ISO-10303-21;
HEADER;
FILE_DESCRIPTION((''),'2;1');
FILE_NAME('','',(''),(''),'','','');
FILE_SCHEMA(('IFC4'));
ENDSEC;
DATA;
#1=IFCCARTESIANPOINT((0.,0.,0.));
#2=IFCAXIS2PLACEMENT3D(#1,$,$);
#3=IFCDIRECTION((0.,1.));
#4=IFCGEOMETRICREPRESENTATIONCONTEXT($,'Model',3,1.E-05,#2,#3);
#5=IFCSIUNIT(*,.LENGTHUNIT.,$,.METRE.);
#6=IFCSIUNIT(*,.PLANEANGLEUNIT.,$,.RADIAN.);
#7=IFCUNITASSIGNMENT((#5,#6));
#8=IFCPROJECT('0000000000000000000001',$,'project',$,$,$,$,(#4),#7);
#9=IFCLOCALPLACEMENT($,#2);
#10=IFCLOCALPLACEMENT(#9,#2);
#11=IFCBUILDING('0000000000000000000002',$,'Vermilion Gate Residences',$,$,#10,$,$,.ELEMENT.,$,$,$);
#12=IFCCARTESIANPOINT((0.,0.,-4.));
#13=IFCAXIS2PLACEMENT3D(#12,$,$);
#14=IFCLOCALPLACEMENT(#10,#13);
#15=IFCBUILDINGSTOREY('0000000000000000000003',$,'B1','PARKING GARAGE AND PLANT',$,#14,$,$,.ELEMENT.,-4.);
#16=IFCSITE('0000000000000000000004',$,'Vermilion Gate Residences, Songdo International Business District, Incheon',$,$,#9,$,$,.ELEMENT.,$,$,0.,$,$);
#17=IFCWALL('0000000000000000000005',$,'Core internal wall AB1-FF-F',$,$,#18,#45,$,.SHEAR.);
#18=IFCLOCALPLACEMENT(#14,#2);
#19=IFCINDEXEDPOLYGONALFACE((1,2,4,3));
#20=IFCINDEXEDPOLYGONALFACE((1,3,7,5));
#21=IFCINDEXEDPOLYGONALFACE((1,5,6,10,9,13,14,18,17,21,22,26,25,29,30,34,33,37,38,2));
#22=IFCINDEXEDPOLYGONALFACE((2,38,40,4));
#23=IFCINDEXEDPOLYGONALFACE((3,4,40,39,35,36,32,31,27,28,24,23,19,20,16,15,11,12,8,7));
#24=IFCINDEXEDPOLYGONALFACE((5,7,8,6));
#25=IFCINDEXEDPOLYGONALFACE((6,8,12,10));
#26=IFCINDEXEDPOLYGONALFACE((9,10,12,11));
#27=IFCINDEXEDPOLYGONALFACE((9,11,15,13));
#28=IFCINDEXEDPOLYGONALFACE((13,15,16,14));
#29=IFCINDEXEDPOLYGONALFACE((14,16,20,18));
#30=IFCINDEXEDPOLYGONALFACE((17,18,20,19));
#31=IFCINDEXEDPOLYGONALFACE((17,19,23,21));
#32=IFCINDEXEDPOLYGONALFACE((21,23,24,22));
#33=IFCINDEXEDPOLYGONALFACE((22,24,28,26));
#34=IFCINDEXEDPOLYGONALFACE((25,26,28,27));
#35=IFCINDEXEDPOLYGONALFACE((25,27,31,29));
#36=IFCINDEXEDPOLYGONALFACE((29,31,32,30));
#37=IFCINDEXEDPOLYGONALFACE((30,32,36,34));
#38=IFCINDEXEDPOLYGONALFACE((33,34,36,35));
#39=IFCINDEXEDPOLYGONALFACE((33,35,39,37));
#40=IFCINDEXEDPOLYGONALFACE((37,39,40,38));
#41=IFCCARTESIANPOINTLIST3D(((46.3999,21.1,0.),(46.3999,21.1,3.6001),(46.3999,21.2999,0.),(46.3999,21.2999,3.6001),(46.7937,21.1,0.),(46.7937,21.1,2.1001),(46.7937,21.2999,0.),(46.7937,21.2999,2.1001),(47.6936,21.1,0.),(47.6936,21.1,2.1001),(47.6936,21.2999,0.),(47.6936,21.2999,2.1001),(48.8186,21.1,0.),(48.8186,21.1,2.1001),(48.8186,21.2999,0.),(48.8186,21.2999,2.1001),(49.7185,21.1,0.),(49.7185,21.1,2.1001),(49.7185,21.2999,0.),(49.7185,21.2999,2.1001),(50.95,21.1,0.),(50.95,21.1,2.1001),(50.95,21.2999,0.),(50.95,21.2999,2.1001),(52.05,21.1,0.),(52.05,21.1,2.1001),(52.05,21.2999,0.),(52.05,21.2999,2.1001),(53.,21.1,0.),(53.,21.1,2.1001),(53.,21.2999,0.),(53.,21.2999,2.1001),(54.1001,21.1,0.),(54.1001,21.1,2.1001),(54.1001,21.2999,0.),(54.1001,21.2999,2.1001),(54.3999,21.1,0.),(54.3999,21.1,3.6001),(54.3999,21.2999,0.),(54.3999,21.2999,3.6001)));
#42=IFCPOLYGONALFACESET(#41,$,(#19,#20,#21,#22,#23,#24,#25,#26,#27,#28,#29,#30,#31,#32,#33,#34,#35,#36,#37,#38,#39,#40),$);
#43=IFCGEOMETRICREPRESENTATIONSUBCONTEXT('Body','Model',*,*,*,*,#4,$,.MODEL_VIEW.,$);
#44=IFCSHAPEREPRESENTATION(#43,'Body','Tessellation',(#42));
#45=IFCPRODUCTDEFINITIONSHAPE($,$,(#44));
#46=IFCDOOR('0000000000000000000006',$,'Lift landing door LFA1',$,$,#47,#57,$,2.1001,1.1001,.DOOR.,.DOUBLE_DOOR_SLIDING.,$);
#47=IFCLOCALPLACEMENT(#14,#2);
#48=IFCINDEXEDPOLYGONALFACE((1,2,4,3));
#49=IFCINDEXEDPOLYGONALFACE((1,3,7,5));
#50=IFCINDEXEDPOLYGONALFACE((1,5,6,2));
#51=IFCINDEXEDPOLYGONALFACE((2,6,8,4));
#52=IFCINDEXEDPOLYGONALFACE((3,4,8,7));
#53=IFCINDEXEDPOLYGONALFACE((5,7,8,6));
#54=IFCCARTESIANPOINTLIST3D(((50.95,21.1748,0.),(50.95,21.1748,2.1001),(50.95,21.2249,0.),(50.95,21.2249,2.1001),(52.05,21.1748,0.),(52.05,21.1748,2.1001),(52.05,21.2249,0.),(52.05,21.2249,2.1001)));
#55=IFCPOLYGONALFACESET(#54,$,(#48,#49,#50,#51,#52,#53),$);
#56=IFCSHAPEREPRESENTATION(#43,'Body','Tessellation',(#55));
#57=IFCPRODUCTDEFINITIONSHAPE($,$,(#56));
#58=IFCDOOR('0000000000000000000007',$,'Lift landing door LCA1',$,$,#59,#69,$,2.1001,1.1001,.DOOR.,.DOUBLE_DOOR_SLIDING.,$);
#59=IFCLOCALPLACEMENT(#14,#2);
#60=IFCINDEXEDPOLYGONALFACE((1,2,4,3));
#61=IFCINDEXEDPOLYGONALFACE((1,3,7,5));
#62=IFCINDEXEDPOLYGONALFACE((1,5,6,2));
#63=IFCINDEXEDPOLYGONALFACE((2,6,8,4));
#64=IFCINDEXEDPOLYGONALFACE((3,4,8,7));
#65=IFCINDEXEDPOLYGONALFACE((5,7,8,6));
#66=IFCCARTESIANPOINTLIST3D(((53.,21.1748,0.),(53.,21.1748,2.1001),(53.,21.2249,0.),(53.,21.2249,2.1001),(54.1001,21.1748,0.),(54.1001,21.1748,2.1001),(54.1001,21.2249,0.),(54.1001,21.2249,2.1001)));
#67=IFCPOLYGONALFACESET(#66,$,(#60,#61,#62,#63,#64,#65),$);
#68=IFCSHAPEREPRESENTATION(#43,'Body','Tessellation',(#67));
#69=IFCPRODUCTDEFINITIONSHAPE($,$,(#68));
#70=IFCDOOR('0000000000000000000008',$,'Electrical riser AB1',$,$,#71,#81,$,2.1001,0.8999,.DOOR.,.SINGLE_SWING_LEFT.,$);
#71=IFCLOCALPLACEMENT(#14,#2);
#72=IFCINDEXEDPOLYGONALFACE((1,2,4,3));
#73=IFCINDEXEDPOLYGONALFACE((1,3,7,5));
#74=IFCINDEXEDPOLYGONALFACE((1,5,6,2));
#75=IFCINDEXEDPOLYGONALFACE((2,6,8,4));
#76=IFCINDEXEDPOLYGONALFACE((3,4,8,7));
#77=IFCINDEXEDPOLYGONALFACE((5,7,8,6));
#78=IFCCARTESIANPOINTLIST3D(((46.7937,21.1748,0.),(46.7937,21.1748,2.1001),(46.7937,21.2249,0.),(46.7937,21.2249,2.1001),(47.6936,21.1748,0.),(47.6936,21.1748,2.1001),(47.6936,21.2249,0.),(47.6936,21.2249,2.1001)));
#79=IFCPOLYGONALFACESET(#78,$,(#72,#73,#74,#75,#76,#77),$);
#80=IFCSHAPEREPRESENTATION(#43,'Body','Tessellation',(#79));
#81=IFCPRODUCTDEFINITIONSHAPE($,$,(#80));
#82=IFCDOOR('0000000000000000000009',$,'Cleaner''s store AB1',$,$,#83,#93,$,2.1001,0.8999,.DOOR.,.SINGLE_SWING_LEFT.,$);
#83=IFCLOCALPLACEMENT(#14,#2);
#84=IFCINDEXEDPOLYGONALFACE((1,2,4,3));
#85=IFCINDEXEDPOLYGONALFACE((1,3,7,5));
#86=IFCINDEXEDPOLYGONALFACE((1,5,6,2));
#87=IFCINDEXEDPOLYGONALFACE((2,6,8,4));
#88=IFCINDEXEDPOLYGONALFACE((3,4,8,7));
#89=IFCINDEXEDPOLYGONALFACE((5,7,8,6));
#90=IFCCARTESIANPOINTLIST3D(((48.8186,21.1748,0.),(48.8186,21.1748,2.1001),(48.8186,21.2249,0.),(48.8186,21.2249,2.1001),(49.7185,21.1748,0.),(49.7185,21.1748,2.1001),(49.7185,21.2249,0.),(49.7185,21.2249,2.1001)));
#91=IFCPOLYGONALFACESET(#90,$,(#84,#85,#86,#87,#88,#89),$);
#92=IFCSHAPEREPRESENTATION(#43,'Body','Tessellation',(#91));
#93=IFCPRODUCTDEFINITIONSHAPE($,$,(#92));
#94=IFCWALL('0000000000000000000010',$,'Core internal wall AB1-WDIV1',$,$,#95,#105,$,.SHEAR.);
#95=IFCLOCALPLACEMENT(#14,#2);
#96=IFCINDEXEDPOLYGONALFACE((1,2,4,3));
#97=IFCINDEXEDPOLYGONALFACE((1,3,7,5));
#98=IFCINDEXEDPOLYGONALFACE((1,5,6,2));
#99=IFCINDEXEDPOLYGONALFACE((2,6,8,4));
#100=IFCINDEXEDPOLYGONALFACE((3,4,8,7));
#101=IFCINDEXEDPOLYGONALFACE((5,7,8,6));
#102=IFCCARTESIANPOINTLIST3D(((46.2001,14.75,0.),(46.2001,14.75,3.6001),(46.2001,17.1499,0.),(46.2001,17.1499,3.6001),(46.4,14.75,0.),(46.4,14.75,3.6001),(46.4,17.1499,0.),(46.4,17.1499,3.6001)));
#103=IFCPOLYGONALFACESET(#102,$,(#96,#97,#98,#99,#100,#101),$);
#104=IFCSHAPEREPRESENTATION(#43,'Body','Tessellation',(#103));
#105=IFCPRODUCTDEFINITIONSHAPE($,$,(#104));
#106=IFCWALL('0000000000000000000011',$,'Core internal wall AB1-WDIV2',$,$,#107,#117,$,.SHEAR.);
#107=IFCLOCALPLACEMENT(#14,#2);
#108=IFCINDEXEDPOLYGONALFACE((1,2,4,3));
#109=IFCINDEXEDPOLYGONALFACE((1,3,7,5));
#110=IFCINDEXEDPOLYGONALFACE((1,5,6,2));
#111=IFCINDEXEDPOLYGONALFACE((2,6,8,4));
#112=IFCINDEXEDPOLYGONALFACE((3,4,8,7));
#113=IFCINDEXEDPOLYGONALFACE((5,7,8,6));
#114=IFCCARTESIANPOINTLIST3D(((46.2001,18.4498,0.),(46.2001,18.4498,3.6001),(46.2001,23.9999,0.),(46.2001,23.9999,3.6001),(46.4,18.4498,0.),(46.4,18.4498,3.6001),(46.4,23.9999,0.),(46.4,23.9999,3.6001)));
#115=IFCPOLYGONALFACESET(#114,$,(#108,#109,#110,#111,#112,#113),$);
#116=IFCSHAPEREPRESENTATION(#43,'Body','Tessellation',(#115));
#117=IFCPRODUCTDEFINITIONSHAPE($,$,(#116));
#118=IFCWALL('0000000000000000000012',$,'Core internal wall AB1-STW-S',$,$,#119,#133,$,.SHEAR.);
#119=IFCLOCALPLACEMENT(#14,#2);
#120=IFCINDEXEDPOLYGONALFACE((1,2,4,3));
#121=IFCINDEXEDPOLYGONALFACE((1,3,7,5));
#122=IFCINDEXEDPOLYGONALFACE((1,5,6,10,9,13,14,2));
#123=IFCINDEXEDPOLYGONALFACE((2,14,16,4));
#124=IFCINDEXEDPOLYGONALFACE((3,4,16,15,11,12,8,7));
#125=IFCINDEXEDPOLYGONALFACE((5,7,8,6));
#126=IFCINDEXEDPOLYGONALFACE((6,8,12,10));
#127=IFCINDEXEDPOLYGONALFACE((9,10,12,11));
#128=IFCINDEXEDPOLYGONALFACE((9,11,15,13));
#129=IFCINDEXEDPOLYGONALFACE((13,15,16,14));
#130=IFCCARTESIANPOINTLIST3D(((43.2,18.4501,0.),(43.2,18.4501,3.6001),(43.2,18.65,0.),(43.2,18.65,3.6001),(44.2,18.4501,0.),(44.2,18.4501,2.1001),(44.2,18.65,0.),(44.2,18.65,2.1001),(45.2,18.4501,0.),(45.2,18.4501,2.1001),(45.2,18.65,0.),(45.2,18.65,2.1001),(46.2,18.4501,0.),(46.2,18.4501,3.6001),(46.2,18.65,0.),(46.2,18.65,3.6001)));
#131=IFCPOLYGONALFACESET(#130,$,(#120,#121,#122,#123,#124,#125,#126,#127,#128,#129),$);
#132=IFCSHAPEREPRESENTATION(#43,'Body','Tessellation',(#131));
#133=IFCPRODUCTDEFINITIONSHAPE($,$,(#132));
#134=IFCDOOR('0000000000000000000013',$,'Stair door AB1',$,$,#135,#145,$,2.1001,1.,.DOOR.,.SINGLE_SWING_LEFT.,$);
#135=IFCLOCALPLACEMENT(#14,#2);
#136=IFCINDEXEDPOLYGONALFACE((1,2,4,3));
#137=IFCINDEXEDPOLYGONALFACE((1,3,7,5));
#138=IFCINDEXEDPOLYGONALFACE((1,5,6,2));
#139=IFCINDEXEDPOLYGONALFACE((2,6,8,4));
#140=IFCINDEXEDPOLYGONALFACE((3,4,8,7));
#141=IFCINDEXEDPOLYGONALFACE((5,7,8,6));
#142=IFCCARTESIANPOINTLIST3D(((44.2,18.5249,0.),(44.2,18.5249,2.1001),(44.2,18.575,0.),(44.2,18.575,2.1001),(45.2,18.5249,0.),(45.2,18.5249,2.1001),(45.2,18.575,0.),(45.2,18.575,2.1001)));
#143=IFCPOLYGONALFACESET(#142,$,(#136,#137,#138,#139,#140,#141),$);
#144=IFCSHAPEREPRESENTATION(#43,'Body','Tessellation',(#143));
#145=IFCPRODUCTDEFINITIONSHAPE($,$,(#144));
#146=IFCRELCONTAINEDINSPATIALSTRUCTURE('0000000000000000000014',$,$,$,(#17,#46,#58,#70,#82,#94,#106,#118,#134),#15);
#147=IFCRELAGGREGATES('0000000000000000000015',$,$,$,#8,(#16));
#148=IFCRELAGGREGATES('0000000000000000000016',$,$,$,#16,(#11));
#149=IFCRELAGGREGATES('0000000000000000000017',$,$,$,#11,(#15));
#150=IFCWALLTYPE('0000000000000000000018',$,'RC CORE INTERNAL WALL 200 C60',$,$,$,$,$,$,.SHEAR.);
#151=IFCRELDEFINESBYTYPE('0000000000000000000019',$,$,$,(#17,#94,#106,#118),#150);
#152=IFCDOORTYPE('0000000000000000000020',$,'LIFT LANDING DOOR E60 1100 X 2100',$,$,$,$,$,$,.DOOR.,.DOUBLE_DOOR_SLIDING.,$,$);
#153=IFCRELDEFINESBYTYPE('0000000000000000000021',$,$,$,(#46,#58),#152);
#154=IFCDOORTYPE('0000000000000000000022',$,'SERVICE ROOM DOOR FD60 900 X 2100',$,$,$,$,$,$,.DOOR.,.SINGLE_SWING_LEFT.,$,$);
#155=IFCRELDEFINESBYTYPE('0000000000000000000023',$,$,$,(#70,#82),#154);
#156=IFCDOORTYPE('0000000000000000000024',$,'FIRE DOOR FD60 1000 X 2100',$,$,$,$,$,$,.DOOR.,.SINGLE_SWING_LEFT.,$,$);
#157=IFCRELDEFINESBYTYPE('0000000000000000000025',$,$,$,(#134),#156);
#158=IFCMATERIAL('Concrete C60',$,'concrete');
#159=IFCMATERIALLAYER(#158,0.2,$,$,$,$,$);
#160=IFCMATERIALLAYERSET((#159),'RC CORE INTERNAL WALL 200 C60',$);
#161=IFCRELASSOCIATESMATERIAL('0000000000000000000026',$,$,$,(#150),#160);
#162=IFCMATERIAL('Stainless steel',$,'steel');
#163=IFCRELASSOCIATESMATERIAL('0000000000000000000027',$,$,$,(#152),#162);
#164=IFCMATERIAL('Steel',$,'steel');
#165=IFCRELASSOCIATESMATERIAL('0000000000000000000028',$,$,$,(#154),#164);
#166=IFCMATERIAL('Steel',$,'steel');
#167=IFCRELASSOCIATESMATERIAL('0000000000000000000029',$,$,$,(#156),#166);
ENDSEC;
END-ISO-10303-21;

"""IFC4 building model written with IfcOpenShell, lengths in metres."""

from ifc_helpers import new_model, si_unit, direction, frame, frame_2d, origin, place, context, subcontext, project, spatial, rectangle, extrude, material, layer, layer_set, type_object, element, fill, save


model = new_model("IFC4")

# Units and contexts
model_context = context("Model", 3, precision=1e-05, world=origin(), true_north=direction((0.0, 1.0)))
body_context = subcontext(model_context, "Body", "Model", "MODEL_VIEW")
ifc_project = project(units=[si_unit("LENGTHUNIT", "METRE"), si_unit("PLANEANGLEUNIT", "RADIAN")], contexts=[model_context])

# Site, building, storey
site_placement = place(None, origin())
site = spatial("IfcSite", under=ifc_project, at=site_placement, Name="Vermilion Gate Residences, Songdo International Business District, Incheon", CompositionType="ELEMENT", RefElevation=0.0)
building_placement = place(site_placement, origin())
building = spatial("IfcBuilding", under=site, at=building_placement, Name="Vermilion Gate Residences", CompositionType="ELEMENT")
storey_placement = place(building_placement, frame((0.0, 0.0, -4.0)))
storey = spatial("IfcBuildingStorey", under=building, at=storey_placement, Name="B1", Description="PARKING GARAGE AND PLANT", CompositionType="ELEMENT", Elevation=-4.0)

# Shared definitions
ifc_material_1 = material(Name="Concrete C60", Category="concrete")
ifc_layer_1 = layer(ifc_material_1, 0.2)
ifc_layer_set_1 = layer_set([ifc_layer_1], Name="RC CORE INTERNAL WALL 200 C60")
wall_type_1 = type_object("IfcWallType", Name="RC CORE INTERNAL WALL 200 C60", PredefinedType="SHEAR", material=ifc_layer_set_1)

# Wall, openings, doors
wall_1_placement = place(storey_placement, frame((46.3999, 21.2, 0.0), z_axis=(0.0, 0.0, 1.0), x_axis=(1.0, 0.0, 0.0)))
wall_1 = element("IfcWall", 1, at=wall_1_placement, inside=storey, type_object=wall_type_1, Name="Core internal wall AB1-FF-F", PredefinedType="SHEAR", context=body_context, shape_type="SweptSolid", body=[
    extrude(rectangle(XDim=8.0, YDim=0.2, at=frame_2d((4.0, 0.0))), origin(), (0.0, 0.0, 1.0), 3.6001),
])
opening_1_placement = place(wall_1_placement, frame((0.3938, 0.0, 0.0)))
opening_1 = element("IfcOpeningElement", 2, at=opening_1_placement, cuts=wall_1, PredefinedType="OPENING", context=body_context, shape_type="SweptSolid", body=[
    extrude(rectangle(XDim=0.8999, YDim=2.1001, at=frame_2d((0.45, 1.05))), frame((0.0, 0.1099, 0.0), z_axis=(0.0, -1.0, 0.0), x_axis=(1.0, 0.0, 0.0)), (0.0, 0.0, 1.0), 0.22),
])
opening_2_placement = place(wall_1_placement, frame((2.4187, 0.0, 0.0)))
opening_2 = element("IfcOpeningElement", 3, at=opening_2_placement, cuts=wall_1, PredefinedType="OPENING", context=body_context, shape_type="SweptSolid", body=[
    extrude(rectangle(XDim=0.8999, YDim=2.1001, at=frame_2d((0.45, 1.05))), frame((0.0, 0.1099, 0.0), z_axis=(0.0, -1.0, 0.0), x_axis=(1.0, 0.0, 0.0)), (0.0, 0.0, 1.0), 0.22),
])
opening_3_placement = place(wall_1_placement, frame((4.55, 0.0, 0.0)))
opening_3 = element("IfcOpeningElement", 4, at=opening_3_placement, cuts=wall_1, PredefinedType="OPENING", context=body_context, shape_type="SweptSolid", body=[
    extrude(rectangle(XDim=1.1001, YDim=2.1001, at=frame_2d((0.55, 1.05))), frame((0.0, 0.1099, 0.0), z_axis=(0.0, -1.0, 0.0), x_axis=(1.0, 0.0, 0.0)), (0.0, 0.0, 1.0), 0.22),
])
opening_4_placement = place(wall_1_placement, frame((6.6001, 0.0, 0.0)))
opening_4 = element("IfcOpeningElement", 5, at=opening_4_placement, cuts=wall_1, PredefinedType="OPENING", context=body_context, shape_type="SweptSolid", body=[
    extrude(rectangle(XDim=1.1001, YDim=2.1001, at=frame_2d((0.55, 1.05))), frame((0.0, 0.1099, 0.0), z_axis=(0.0, -1.0, 0.0), x_axis=(1.0, 0.0, 0.0)), (0.0, 0.0, 1.0), 0.22),
])
ifc_material_2 = material(Name="Stainless steel", Category="steel")
door_type_1 = type_object("IfcDoorType", Name="LIFT LANDING DOOR E60 1100 X 2100", OperationType="DOUBLE_DOOR_SLIDING", PredefinedType="DOOR", material=ifc_material_2)
door_1_placement = place(opening_3_placement, origin())
door_1 = element("IfcDoor", 6, at=door_1_placement, inside=storey, type_object=door_type_1, Name="Lift landing door LFA1", OperationType="DOUBLE_DOOR_SLIDING", OverallHeight=2.1001, OverallWidth=1.1001, PredefinedType="DOOR", context=body_context, shape_type="SweptSolid", body=[
    extrude(rectangle(XDim=1.1001, YDim=2.1001, at=frame_2d((0.55, 1.05))), frame((0.0, 0.0249, 0.0), z_axis=(0.0, -1.0, 0.0), x_axis=(1.0, 0.0, 0.0)), (0.0, 0.0, 1.0), 0.05),
])
fill(opening_3, door_1)
door_2_placement = place(opening_4_placement, origin())
door_2 = element("IfcDoor", 7, at=door_2_placement, inside=storey, type_object=door_type_1, Name="Lift landing door LCA1", OperationType="DOUBLE_DOOR_SLIDING", OverallHeight=2.1001, OverallWidth=1.1001, PredefinedType="DOOR", context=body_context, shape_type="SweptSolid", body=[
    extrude(rectangle(XDim=1.1001, YDim=2.1001, at=frame_2d((0.55, 1.05))), frame((0.0, 0.0249, 0.0), z_axis=(0.0, -1.0, 0.0), x_axis=(1.0, 0.0, 0.0)), (0.0, 0.0, 1.0), 0.05),
])
fill(opening_4, door_2)
ifc_material_3 = material(Name="Steel", Category="steel")
door_type_2 = type_object("IfcDoorType", Name="SERVICE ROOM DOOR FD60 900 X 2100", OperationType="SINGLE_SWING_LEFT", PredefinedType="DOOR", material=ifc_material_3)
door_3_placement = place(opening_1_placement, origin())
door_3 = element("IfcDoor", 8, at=door_3_placement, inside=storey, type_object=door_type_2, Name="Electrical riser AB1", OperationType="SINGLE_SWING_LEFT", OverallHeight=2.1001, OverallWidth=0.8999, PredefinedType="DOOR", context=body_context, shape_type="SweptSolid", body=[
    extrude(rectangle(XDim=0.8999, YDim=2.1001, at=frame_2d((0.45, 1.05))), frame((0.0, 0.0249, 0.0), z_axis=(0.0, -1.0, 0.0), x_axis=(1.0, 0.0, 0.0)), (0.0, 0.0, 1.0), 0.05),
])
fill(opening_1, door_3)
door_4_placement = place(opening_2_placement, origin())
door_4 = element("IfcDoor", 9, at=door_4_placement, inside=storey, type_object=door_type_2, Name="Cleaner's store AB1", OperationType="SINGLE_SWING_LEFT", OverallHeight=2.1001, OverallWidth=0.8999, PredefinedType="DOOR", context=body_context, shape_type="SweptSolid", body=[
    extrude(rectangle(XDim=0.8999, YDim=2.1001, at=frame_2d((0.45, 1.05))), frame((0.0, 0.0249, 0.0), z_axis=(0.0, -1.0, 0.0), x_axis=(1.0, 0.0, 0.0)), (0.0, 0.0, 1.0), 0.05),
])
fill(opening_2, door_4)

# Walls
wall_2_placement = place(storey_placement, frame((46.3, 14.75, 0.0), z_axis=(0.0, 0.0, 1.0), x_axis=(0.0, 1.0, 0.0)))
element("IfcWall", 10, at=wall_2_placement, inside=storey, type_object=wall_type_1, Name="Core internal wall AB1-WDIV1", PredefinedType="SHEAR", context=body_context, shape_type="SweptSolid", body=[
    extrude(rectangle(XDim=2.3999, YDim=0.2, at=frame_2d((1.2, 0.0))), origin(), (0.0, 0.0, 1.0), 3.6001),
])
wall_3_placement = place(storey_placement, frame((46.3, 18.45, 0.0), z_axis=(0.0, 0.0, 1.0), x_axis=(0.0, 1.0, 0.0)))
element("IfcWall", 11, at=wall_3_placement, inside=storey, type_object=wall_type_1, Name="Core internal wall AB1-WDIV2", PredefinedType="SHEAR", context=body_context, shape_type="SweptSolid", body=[
    extrude(rectangle(XDim=5.55, YDim=0.2, at=frame_2d((2.7749, 0.0))), origin(), (0.0, 0.0, 1.0), 3.6001),
])

# Wall, opening, door
wall_4_placement = place(storey_placement, frame((43.2, 18.55, 0.0), z_axis=(0.0, 0.0, 1.0), x_axis=(1.0, 0.0, 0.0)))
wall_4 = element("IfcWall", 12, at=wall_4_placement, inside=storey, type_object=wall_type_1, Name="Core internal wall AB1-STW-S", PredefinedType="SHEAR", context=body_context, shape_type="SweptSolid", body=[
    extrude(rectangle(XDim=3.0, YDim=0.2, at=frame_2d((1.5, 0.0))), origin(), (0.0, 0.0, 1.0), 3.6001),
])
opening_5_placement = place(wall_4_placement, frame((1.0, 0.0, 0.0)))
opening_5 = element("IfcOpeningElement", 13, at=opening_5_placement, cuts=wall_4, PredefinedType="OPENING", context=body_context, shape_type="SweptSolid", body=[
    extrude(rectangle(XDim=1.0, YDim=2.1001, at=frame_2d((0.5, 1.05))), frame((0.0, 0.1099, 0.0), z_axis=(0.0, -1.0, 0.0), x_axis=(1.0, 0.0, 0.0)), (0.0, 0.0, 1.0), 0.22),
])
ifc_material_4 = material(Name="Steel", Category="steel")
door_type_3 = type_object("IfcDoorType", Name="FIRE DOOR FD60 1000 X 2100", OperationType="SINGLE_SWING_LEFT", PredefinedType="DOOR", material=ifc_material_4)
door_5_placement = place(opening_5_placement, origin())
door_5 = element("IfcDoor", 14, at=door_5_placement, inside=storey, type_object=door_type_3, Name="Stair door AB1", OperationType="SINGLE_SWING_LEFT", OverallHeight=2.1001, OverallWidth=1.0, PredefinedType="DOOR", context=body_context, shape_type="SweptSolid", body=[
    extrude(rectangle(XDim=1.0, YDim=2.1001, at=frame_2d((0.5, 1.05))), frame((0.0, 0.0249, 0.0), z_axis=(0.0, -1.0, 0.0), x_axis=(1.0, 0.0, 0.0)), (0.0, 0.0, 1.0), 0.05),
])
fill(opening_5, door_5)

save(model, "model.ifc")
